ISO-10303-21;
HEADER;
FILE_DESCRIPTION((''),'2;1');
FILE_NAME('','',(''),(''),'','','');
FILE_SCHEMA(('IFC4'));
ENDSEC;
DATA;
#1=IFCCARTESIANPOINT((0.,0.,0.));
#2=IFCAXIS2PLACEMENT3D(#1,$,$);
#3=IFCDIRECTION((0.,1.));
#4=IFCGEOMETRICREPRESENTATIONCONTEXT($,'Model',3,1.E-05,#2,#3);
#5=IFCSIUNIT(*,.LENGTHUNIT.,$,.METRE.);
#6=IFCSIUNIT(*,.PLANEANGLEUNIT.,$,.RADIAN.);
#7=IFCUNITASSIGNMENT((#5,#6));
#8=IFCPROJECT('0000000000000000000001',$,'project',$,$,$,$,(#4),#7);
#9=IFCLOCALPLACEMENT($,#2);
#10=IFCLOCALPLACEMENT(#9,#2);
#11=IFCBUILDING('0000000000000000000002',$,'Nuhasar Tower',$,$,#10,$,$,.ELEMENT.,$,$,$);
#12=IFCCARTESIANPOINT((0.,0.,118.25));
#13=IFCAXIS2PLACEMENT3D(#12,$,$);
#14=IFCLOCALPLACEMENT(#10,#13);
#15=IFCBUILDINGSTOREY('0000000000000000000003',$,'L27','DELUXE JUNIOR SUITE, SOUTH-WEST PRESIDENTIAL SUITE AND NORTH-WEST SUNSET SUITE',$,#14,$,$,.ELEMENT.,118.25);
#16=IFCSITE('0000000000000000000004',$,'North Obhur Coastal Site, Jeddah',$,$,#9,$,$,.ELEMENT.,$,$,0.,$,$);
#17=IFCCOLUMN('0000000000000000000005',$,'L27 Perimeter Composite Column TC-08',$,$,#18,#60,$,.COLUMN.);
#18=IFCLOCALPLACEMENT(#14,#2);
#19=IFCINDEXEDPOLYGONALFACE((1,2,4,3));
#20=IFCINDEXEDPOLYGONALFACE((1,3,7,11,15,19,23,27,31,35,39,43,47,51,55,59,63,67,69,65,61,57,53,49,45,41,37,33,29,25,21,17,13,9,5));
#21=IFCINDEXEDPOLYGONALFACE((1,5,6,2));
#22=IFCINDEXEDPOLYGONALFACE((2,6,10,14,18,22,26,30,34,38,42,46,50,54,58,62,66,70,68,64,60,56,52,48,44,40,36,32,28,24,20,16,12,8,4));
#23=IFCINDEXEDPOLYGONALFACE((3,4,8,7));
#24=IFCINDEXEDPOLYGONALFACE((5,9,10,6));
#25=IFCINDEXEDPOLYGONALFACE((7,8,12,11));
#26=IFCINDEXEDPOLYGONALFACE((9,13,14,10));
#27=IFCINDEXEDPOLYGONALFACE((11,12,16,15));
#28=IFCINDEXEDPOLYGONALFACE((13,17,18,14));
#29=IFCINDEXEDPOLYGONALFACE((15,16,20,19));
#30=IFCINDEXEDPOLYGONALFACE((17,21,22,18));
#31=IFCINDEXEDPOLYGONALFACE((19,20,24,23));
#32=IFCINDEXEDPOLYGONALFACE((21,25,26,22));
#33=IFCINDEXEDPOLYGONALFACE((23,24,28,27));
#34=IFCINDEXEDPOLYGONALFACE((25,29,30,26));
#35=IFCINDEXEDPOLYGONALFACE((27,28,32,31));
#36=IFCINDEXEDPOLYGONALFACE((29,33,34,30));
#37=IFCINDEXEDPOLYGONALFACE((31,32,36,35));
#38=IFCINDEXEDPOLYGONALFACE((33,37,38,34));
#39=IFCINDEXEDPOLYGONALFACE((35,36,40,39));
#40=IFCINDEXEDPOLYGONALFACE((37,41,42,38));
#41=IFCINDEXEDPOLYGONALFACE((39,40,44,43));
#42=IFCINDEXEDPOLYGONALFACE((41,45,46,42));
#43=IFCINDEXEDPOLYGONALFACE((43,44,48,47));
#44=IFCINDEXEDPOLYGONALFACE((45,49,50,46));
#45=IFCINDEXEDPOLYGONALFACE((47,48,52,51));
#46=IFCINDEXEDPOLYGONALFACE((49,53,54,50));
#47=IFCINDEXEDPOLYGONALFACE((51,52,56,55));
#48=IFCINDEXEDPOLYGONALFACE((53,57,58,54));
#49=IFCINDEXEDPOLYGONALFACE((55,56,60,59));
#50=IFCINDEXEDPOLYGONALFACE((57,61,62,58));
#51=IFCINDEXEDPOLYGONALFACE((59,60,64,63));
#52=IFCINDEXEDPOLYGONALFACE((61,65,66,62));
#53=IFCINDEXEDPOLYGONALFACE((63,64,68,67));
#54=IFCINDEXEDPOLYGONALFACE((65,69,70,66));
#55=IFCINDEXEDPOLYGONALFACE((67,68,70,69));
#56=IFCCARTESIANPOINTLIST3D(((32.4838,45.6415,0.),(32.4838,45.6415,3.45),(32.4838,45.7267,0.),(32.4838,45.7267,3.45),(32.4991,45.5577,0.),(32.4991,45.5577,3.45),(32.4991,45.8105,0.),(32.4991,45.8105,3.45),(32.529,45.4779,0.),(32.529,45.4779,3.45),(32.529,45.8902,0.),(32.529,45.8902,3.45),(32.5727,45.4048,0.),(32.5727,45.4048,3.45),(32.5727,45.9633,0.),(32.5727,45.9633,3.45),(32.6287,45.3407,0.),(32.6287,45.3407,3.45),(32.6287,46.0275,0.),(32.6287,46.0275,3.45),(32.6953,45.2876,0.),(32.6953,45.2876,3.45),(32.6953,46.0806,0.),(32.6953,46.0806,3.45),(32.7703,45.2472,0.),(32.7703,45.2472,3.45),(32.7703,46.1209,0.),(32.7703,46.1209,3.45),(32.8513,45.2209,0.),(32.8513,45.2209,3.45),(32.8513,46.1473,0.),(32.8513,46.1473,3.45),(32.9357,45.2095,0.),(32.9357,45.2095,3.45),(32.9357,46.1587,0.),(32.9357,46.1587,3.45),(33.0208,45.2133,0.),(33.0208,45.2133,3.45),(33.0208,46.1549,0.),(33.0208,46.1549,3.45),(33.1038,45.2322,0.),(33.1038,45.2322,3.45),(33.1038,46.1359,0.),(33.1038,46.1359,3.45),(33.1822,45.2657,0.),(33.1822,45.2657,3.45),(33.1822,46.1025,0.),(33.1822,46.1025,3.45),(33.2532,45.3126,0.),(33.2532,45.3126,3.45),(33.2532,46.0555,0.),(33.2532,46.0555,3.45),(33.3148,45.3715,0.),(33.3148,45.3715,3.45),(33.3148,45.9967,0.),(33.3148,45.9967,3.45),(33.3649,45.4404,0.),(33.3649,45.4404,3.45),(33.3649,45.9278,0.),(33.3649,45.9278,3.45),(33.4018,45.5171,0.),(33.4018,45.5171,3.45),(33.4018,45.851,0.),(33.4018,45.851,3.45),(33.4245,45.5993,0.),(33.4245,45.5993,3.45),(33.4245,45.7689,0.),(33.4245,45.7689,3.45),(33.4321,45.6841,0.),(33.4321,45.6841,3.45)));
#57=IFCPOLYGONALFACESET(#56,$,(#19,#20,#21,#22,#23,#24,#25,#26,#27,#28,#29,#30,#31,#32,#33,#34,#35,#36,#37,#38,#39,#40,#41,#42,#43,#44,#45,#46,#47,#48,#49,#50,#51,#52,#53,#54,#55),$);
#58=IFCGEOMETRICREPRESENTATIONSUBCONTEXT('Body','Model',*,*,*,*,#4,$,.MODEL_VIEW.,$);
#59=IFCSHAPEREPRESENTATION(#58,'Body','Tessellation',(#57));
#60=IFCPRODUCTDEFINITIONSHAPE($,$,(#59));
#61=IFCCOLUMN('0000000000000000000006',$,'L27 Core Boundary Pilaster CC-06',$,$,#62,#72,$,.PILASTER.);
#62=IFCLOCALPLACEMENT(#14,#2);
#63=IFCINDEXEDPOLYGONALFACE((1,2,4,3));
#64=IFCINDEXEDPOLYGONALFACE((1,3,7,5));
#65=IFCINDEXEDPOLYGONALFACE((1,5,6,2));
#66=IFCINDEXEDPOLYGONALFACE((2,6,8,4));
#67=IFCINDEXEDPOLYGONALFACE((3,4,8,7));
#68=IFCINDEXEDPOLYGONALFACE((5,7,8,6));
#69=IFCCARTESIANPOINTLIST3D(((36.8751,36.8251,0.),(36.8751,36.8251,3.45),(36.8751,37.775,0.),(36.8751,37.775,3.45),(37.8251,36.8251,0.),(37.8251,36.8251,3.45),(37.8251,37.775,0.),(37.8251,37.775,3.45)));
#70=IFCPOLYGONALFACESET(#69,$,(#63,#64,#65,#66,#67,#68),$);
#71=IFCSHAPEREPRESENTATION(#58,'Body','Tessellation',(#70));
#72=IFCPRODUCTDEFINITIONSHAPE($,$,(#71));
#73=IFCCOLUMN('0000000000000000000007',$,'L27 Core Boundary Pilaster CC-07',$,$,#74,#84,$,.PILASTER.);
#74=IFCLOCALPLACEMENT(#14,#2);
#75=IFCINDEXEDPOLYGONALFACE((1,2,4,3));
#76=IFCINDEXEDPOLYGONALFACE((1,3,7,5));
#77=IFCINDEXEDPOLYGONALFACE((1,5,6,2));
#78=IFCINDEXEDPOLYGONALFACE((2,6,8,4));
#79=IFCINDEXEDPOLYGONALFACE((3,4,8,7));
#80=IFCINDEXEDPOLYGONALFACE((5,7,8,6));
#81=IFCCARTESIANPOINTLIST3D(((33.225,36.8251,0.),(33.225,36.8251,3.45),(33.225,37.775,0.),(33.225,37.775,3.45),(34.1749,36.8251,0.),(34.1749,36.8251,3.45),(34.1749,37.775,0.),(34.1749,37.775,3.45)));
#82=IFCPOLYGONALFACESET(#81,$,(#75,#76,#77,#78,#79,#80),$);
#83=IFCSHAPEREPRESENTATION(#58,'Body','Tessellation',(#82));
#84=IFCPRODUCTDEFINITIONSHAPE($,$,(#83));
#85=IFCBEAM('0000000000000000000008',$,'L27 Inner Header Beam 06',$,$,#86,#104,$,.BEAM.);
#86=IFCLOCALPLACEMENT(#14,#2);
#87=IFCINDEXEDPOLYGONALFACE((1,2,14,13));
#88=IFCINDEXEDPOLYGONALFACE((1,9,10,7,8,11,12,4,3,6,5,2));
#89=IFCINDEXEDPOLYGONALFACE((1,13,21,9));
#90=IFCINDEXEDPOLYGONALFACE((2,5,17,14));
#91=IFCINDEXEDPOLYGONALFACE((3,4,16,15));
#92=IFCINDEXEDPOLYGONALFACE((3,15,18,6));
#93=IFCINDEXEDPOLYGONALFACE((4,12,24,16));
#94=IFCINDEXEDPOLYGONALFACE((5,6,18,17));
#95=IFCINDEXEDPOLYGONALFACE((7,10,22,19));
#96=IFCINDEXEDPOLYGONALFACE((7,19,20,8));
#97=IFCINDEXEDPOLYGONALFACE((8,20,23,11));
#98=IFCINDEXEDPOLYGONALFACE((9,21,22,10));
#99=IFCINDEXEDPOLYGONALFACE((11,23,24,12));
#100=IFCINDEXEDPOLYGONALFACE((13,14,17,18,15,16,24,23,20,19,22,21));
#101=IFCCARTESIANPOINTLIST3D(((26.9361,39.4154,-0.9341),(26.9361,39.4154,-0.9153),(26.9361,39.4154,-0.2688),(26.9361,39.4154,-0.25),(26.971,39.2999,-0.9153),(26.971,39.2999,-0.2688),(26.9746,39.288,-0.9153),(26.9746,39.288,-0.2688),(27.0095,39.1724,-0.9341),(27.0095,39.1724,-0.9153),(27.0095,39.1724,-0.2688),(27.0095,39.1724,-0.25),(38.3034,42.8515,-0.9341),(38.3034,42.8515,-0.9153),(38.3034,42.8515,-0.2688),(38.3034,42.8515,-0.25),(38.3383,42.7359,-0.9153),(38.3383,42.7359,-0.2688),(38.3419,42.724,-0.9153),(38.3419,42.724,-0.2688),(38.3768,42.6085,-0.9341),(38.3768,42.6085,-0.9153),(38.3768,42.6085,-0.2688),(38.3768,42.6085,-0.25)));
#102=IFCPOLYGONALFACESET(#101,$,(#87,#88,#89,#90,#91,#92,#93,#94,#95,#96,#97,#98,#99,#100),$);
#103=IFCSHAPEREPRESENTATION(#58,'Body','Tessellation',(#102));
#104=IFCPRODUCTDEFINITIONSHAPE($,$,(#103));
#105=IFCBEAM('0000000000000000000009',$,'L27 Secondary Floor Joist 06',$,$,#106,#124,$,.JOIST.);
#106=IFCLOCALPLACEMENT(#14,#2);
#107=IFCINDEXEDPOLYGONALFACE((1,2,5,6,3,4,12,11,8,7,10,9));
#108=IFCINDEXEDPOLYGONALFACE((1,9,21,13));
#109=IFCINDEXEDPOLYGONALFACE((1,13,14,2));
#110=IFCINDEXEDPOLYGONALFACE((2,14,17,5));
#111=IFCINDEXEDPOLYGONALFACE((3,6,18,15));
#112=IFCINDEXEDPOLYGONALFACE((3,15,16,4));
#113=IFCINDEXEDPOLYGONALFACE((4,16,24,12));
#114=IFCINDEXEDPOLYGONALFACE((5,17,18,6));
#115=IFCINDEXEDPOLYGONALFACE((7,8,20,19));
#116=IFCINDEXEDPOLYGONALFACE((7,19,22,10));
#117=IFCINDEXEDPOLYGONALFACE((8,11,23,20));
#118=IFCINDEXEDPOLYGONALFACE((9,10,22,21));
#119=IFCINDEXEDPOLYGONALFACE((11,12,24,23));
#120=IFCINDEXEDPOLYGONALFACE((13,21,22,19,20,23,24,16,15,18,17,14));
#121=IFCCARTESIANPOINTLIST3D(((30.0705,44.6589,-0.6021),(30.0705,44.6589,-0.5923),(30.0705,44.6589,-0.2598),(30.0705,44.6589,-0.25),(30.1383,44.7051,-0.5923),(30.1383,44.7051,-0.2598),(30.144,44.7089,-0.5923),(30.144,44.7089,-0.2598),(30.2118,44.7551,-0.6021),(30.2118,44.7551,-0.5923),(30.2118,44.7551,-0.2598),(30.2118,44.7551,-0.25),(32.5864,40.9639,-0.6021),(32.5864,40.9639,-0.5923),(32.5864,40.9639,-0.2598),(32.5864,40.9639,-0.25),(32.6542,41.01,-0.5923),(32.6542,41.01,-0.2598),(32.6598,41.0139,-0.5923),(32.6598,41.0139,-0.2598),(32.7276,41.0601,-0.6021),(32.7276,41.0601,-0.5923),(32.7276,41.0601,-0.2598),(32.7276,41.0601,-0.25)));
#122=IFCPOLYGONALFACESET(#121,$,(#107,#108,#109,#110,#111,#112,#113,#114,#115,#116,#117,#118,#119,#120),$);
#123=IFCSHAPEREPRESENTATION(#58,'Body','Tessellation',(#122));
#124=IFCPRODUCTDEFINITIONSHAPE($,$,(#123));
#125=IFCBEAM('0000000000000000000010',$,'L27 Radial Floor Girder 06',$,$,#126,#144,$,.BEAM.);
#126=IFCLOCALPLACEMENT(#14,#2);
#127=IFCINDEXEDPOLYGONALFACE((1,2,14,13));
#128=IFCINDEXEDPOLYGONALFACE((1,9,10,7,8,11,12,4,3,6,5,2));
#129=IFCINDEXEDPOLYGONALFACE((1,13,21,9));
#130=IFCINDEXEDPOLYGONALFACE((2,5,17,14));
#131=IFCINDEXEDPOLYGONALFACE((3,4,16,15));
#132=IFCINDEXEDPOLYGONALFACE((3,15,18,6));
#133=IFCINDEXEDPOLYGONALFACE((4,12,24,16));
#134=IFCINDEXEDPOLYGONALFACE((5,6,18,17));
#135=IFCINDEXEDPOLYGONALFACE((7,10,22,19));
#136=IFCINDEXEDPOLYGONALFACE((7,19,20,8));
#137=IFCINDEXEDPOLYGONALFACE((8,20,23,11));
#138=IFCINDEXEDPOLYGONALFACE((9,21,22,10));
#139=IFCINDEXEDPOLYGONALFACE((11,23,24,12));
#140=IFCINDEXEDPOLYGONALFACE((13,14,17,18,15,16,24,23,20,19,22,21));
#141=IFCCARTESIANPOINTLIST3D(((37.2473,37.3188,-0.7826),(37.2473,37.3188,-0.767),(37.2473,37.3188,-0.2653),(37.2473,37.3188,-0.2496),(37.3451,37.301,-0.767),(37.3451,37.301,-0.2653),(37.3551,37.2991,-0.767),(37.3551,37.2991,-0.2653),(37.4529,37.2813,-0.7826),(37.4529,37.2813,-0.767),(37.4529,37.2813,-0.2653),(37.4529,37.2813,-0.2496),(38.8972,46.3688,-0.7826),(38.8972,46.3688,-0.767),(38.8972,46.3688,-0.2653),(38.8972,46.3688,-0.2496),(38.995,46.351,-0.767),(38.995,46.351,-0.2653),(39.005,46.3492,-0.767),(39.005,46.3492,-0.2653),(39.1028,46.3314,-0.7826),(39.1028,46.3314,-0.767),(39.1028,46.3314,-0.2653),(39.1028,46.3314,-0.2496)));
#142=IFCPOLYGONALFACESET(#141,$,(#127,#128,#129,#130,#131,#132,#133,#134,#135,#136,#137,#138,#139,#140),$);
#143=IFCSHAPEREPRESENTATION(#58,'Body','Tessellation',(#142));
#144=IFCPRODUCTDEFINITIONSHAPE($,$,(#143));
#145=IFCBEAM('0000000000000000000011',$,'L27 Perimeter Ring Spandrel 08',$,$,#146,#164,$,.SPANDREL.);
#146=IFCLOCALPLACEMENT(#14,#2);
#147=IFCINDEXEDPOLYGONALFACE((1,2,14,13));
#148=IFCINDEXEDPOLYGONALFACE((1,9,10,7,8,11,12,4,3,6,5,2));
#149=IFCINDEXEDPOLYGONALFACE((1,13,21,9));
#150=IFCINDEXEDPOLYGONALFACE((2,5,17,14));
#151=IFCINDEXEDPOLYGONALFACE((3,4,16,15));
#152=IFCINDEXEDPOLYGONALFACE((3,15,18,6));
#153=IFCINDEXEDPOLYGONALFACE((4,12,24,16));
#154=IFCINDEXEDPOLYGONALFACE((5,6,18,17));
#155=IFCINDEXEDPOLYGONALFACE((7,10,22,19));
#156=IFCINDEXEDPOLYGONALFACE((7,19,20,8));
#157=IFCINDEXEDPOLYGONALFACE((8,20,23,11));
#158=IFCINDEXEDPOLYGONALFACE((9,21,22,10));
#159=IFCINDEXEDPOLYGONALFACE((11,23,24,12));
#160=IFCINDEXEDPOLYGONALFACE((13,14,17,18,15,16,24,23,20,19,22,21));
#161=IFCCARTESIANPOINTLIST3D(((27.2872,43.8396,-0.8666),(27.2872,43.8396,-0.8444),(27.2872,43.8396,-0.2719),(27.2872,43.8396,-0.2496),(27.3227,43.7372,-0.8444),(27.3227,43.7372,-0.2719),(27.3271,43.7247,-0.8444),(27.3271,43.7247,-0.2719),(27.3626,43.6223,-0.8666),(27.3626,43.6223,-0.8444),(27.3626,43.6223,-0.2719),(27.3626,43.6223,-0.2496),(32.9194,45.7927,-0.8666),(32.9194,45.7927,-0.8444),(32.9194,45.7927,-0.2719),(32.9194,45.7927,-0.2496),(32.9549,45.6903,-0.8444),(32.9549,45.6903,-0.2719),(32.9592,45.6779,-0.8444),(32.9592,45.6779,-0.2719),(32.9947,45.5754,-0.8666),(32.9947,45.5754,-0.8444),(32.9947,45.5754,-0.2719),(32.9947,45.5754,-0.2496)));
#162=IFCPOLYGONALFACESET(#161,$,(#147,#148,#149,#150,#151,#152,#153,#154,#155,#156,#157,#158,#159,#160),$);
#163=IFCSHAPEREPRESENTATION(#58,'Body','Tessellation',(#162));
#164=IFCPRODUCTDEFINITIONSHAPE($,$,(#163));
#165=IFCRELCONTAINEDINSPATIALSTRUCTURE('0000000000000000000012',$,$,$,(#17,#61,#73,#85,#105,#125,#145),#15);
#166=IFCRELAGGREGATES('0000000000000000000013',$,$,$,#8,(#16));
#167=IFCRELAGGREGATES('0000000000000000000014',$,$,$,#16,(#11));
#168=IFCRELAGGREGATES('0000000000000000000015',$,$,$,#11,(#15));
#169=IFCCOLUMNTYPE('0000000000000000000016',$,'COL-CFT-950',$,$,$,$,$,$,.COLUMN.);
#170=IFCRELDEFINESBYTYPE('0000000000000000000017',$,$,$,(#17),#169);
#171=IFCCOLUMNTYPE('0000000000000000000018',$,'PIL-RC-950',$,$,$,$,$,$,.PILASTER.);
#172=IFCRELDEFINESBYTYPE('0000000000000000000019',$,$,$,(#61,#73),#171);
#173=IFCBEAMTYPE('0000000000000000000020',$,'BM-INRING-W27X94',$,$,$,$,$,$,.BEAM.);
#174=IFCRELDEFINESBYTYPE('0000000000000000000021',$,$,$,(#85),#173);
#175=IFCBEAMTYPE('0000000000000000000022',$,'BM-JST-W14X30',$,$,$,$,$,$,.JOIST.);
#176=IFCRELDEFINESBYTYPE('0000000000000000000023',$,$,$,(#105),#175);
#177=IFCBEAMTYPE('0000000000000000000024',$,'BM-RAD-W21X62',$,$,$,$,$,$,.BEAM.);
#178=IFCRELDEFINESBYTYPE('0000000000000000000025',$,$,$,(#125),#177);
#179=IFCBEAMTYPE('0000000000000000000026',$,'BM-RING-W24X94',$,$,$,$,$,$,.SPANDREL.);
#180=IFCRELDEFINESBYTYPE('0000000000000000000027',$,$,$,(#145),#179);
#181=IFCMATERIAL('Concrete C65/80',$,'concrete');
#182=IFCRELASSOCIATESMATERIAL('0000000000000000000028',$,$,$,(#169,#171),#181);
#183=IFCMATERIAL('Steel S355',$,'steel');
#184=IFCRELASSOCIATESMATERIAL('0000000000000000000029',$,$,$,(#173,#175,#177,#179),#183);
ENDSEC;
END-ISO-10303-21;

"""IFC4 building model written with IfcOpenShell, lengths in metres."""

from ifc_helpers import new_model, si_unit, direction, frame, origin, origin_2d, place, context, subcontext, project, spatial, rectangle, circle, i_section, extrude, material, material_profile, profile_set, type_object, element, save


model = new_model("IFC4")

# Units and contexts
model_context = context("Model", 3, precision=1e-05, world=origin(), true_north=direction((0.0, 1.0)))
body_context = subcontext(model_context, "Body", "Model", "MODEL_VIEW")
ifc_project = project(units=[si_unit("LENGTHUNIT", "METRE"), si_unit("PLANEANGLEUNIT", "RADIAN")], contexts=[model_context])

# Site, building, storey
site_placement = place(None, origin())
site = spatial("IfcSite", under=ifc_project, at=site_placement, Name="North Obhur Coastal Site, Jeddah", CompositionType="ELEMENT", RefElevation=0.0)
building_placement = place(site_placement, origin())
building = spatial("IfcBuilding", under=site, at=building_placement, Name="Nuhasar Tower", CompositionType="ELEMENT")
storey_placement = place(building_placement, frame((0.0, 0.0, 118.25)))
storey = spatial("IfcBuildingStorey", under=building, at=storey_placement, Name="L27", Description="DELUXE JUNIOR SUITE, SOUTH-WEST PRESIDENTIAL SUITE AND NORTH-WEST SUNSET SUITE", CompositionType="ELEMENT", Elevation=118.25)

# Columns
ifc_material_1 = material(Name="Concrete C65/80", Category="concrete")
ifc_material_profile_1 = material_profile(ifc_material_1, circle(Radius=0.4751, at=origin_2d()), Name="CFT950")
ifc_profile_set_1 = profile_set([ifc_material_profile_1], Name="Concrete C65/80")
column_type_1 = type_object("IfcColumnType", Name="COL-CFT-950", PredefinedType="COLUMN", material=ifc_profile_set_1)
column_placement = place(storey_placement, frame((32.957, 45.6841, 0.0), z_axis=(0.0, 0.0, 1.0), x_axis=(1.0, 0.0, 0.0)))
element("IfcColumn", 1, at=column_placement, inside=storey, type_object=column_type_1, Name="L27 Perimeter Composite Column TC-08", PredefinedType="COLUMN", context=body_context, shape_type="SweptSolid", body=[
    extrude(circle(Radius=0.4751, at=origin_2d()), origin(), (0.0, 0.0, 1.0), 3.45),
])
ifc_material_profile_2 = material_profile(ifc_material_1, rectangle(XDim=0.95, YDim=0.95, at=origin_2d()), Name="RC950X950")
ifc_profile_set_2 = profile_set([ifc_material_profile_2], Name="Concrete C65/80")
column_type_2 = type_object("IfcColumnType", Name="PIL-RC-950", PredefinedType="PILASTER", material=ifc_profile_set_2)
for number, where, z_axis, x_axis, name in (
    (2, (37.3501, 37.3, 0.0), (0.0, 0.0, 1.0), (1.0, 0.0, 0.0), "L27 Core Boundary Pilaster CC-06"),
    (3, (33.7, 37.3, 0.0), (0.0, 0.0, 1.0), (1.0, 0.0, 0.0), "L27 Core Boundary Pilaster CC-07"),
):
    element("IfcColumn", number, at=place(storey_placement, frame(where, z_axis=z_axis, x_axis=x_axis)), inside=storey, type_object=column_type_2, Name=name, PredefinedType="PILASTER", context=body_context, shape_type="SweptSolid", body=[
        extrude(rectangle(XDim=0.95, YDim=0.95, at=origin_2d()), origin(), (0.0, 0.0, 1.0), 3.45),
    ])

# Beams
ifc_material_2 = material(Name="Steel S355", Category="steel")
ifc_material_profile_3 = material_profile(ifc_material_2, i_section(OverallWidth=0.2539, OverallDepth=0.6841, WebThickness=0.0125, FlangeThickness=0.0188, at=origin_2d()), Name="W27X94")
ifc_profile_set_3 = profile_set([ifc_material_profile_3], Name="Steel S355")
beam_type_1 = type_object("IfcBeamType", Name="BM-INRING-W27X94", PredefinedType="BEAM", material=ifc_profile_set_3)
beam_1_placement = place(storey_placement, frame((38.3401, 42.73, -0.592), z_axis=(-0.957224, -0.289347, 0.0), x_axis=(0.289347, -0.957224, 0.0)))
element("IfcBeam", 4, at=beam_1_placement, inside=storey, type_object=beam_type_1, Name="L27 Inner Header Beam 06", PredefinedType="BEAM", context=body_context, shape_type="SweptSolid", body=[
    extrude(i_section(OverallWidth=0.2539, OverallDepth=0.6841, WebThickness=0.0125, FlangeThickness=0.0188, at=origin_2d()), origin(), (0.0, 0.0, 1.0), 11.8752),
])
ifc_material_profile_4 = material_profile(ifc_material_2, i_section(OverallWidth=0.1709, OverallDepth=0.3521, WebThickness=0.0068, FlangeThickness=0.0098, at=origin_2d()), Name="W14X30")
ifc_profile_set_4 = profile_set([ifc_material_profile_4], Name="Steel S355")
beam_type_2 = type_object("IfcBeamType", Name="BM-JST-W14X30", PredefinedType="JOIST", material=ifc_profile_set_4)
beam_2_placement = place(storey_placement, frame((32.657, 41.012, -0.426), z_axis=(-0.562803, 0.826591, 0.0), x_axis=(-0.826591, -0.562803, 0.0)))
element("IfcBeam", 5, at=beam_2_placement, inside=storey, type_object=beam_type_2, Name="L27 Secondary Floor Joist 06", PredefinedType="JOIST", context=body_context, shape_type="SweptSolid", body=[
    extrude(i_section(OverallWidth=0.1709, OverallDepth=0.3521, WebThickness=0.0068, FlangeThickness=0.0098, at=origin_2d()), origin(), (0.0, 0.0, 1.0), 4.4702),
])
ifc_material_profile_5 = material_profile(ifc_material_2, i_section(OverallWidth=0.209, OverallDepth=0.533, WebThickness=0.0103, FlangeThickness=0.0156, at=origin_2d()), Name="W21X62")
ifc_profile_set_5 = profile_set([ifc_material_profile_5], Name="Steel S355")
beam_type_3 = type_object("IfcBeamType", Name="BM-RAD-W21X62", PredefinedType="BEAM", material=ifc_profile_set_5)
beam_3_placement = place(storey_placement, frame((37.3501, 37.3, -0.5161), z_axis=(0.179353, 0.983785, 0.0), x_axis=(-0.983785, 0.179353, 0.0)))
element("IfcBeam", 6, at=beam_3_placement, inside=storey, type_object=beam_type_3, Name="L27 Radial Floor Girder 06", PredefinedType="BEAM", context=body_context, shape_type="SweptSolid", body=[
    extrude(i_section(OverallWidth=0.209, OverallDepth=0.533, WebThickness=0.0103, FlangeThickness=0.0156, at=origin_2d()), origin(), (0.0, 0.0, 1.0), 9.1992),
])
ifc_material_profile_6 = material_profile(ifc_material_2, i_section(OverallWidth=0.23, OverallDepth=0.6169, WebThickness=0.0132, FlangeThickness=0.0222, at=origin_2d()), Name="W24X94")
ifc_profile_set_6 = profile_set([ifc_material_profile_6], Name="Steel S355")
beam_type_4 = type_object("IfcBeamType", Name="BM-RING-W24X94", PredefinedType="SPANDREL", material=ifc_profile_set_6)
beam_4_placement = place(storey_placement, frame((32.957, 45.6841, -0.5581), z_axis=(-0.944801, -0.327644, 0.0), x_axis=(0.327644, -0.944801, 0.0)))
element("IfcBeam", 7, at=beam_4_placement, inside=storey, type_object=beam_type_4, Name="L27 Perimeter Ring Spandrel 08", PredefinedType="SPANDREL", context=body_context, shape_type="SweptSolid", body=[
    extrude(i_section(OverallWidth=0.23, OverallDepth=0.6169, WebThickness=0.0132, FlangeThickness=0.0222, at=origin_2d()), origin(), (0.0, 0.0, 1.0), 5.9612),
])

save(model, "model.ifc")
